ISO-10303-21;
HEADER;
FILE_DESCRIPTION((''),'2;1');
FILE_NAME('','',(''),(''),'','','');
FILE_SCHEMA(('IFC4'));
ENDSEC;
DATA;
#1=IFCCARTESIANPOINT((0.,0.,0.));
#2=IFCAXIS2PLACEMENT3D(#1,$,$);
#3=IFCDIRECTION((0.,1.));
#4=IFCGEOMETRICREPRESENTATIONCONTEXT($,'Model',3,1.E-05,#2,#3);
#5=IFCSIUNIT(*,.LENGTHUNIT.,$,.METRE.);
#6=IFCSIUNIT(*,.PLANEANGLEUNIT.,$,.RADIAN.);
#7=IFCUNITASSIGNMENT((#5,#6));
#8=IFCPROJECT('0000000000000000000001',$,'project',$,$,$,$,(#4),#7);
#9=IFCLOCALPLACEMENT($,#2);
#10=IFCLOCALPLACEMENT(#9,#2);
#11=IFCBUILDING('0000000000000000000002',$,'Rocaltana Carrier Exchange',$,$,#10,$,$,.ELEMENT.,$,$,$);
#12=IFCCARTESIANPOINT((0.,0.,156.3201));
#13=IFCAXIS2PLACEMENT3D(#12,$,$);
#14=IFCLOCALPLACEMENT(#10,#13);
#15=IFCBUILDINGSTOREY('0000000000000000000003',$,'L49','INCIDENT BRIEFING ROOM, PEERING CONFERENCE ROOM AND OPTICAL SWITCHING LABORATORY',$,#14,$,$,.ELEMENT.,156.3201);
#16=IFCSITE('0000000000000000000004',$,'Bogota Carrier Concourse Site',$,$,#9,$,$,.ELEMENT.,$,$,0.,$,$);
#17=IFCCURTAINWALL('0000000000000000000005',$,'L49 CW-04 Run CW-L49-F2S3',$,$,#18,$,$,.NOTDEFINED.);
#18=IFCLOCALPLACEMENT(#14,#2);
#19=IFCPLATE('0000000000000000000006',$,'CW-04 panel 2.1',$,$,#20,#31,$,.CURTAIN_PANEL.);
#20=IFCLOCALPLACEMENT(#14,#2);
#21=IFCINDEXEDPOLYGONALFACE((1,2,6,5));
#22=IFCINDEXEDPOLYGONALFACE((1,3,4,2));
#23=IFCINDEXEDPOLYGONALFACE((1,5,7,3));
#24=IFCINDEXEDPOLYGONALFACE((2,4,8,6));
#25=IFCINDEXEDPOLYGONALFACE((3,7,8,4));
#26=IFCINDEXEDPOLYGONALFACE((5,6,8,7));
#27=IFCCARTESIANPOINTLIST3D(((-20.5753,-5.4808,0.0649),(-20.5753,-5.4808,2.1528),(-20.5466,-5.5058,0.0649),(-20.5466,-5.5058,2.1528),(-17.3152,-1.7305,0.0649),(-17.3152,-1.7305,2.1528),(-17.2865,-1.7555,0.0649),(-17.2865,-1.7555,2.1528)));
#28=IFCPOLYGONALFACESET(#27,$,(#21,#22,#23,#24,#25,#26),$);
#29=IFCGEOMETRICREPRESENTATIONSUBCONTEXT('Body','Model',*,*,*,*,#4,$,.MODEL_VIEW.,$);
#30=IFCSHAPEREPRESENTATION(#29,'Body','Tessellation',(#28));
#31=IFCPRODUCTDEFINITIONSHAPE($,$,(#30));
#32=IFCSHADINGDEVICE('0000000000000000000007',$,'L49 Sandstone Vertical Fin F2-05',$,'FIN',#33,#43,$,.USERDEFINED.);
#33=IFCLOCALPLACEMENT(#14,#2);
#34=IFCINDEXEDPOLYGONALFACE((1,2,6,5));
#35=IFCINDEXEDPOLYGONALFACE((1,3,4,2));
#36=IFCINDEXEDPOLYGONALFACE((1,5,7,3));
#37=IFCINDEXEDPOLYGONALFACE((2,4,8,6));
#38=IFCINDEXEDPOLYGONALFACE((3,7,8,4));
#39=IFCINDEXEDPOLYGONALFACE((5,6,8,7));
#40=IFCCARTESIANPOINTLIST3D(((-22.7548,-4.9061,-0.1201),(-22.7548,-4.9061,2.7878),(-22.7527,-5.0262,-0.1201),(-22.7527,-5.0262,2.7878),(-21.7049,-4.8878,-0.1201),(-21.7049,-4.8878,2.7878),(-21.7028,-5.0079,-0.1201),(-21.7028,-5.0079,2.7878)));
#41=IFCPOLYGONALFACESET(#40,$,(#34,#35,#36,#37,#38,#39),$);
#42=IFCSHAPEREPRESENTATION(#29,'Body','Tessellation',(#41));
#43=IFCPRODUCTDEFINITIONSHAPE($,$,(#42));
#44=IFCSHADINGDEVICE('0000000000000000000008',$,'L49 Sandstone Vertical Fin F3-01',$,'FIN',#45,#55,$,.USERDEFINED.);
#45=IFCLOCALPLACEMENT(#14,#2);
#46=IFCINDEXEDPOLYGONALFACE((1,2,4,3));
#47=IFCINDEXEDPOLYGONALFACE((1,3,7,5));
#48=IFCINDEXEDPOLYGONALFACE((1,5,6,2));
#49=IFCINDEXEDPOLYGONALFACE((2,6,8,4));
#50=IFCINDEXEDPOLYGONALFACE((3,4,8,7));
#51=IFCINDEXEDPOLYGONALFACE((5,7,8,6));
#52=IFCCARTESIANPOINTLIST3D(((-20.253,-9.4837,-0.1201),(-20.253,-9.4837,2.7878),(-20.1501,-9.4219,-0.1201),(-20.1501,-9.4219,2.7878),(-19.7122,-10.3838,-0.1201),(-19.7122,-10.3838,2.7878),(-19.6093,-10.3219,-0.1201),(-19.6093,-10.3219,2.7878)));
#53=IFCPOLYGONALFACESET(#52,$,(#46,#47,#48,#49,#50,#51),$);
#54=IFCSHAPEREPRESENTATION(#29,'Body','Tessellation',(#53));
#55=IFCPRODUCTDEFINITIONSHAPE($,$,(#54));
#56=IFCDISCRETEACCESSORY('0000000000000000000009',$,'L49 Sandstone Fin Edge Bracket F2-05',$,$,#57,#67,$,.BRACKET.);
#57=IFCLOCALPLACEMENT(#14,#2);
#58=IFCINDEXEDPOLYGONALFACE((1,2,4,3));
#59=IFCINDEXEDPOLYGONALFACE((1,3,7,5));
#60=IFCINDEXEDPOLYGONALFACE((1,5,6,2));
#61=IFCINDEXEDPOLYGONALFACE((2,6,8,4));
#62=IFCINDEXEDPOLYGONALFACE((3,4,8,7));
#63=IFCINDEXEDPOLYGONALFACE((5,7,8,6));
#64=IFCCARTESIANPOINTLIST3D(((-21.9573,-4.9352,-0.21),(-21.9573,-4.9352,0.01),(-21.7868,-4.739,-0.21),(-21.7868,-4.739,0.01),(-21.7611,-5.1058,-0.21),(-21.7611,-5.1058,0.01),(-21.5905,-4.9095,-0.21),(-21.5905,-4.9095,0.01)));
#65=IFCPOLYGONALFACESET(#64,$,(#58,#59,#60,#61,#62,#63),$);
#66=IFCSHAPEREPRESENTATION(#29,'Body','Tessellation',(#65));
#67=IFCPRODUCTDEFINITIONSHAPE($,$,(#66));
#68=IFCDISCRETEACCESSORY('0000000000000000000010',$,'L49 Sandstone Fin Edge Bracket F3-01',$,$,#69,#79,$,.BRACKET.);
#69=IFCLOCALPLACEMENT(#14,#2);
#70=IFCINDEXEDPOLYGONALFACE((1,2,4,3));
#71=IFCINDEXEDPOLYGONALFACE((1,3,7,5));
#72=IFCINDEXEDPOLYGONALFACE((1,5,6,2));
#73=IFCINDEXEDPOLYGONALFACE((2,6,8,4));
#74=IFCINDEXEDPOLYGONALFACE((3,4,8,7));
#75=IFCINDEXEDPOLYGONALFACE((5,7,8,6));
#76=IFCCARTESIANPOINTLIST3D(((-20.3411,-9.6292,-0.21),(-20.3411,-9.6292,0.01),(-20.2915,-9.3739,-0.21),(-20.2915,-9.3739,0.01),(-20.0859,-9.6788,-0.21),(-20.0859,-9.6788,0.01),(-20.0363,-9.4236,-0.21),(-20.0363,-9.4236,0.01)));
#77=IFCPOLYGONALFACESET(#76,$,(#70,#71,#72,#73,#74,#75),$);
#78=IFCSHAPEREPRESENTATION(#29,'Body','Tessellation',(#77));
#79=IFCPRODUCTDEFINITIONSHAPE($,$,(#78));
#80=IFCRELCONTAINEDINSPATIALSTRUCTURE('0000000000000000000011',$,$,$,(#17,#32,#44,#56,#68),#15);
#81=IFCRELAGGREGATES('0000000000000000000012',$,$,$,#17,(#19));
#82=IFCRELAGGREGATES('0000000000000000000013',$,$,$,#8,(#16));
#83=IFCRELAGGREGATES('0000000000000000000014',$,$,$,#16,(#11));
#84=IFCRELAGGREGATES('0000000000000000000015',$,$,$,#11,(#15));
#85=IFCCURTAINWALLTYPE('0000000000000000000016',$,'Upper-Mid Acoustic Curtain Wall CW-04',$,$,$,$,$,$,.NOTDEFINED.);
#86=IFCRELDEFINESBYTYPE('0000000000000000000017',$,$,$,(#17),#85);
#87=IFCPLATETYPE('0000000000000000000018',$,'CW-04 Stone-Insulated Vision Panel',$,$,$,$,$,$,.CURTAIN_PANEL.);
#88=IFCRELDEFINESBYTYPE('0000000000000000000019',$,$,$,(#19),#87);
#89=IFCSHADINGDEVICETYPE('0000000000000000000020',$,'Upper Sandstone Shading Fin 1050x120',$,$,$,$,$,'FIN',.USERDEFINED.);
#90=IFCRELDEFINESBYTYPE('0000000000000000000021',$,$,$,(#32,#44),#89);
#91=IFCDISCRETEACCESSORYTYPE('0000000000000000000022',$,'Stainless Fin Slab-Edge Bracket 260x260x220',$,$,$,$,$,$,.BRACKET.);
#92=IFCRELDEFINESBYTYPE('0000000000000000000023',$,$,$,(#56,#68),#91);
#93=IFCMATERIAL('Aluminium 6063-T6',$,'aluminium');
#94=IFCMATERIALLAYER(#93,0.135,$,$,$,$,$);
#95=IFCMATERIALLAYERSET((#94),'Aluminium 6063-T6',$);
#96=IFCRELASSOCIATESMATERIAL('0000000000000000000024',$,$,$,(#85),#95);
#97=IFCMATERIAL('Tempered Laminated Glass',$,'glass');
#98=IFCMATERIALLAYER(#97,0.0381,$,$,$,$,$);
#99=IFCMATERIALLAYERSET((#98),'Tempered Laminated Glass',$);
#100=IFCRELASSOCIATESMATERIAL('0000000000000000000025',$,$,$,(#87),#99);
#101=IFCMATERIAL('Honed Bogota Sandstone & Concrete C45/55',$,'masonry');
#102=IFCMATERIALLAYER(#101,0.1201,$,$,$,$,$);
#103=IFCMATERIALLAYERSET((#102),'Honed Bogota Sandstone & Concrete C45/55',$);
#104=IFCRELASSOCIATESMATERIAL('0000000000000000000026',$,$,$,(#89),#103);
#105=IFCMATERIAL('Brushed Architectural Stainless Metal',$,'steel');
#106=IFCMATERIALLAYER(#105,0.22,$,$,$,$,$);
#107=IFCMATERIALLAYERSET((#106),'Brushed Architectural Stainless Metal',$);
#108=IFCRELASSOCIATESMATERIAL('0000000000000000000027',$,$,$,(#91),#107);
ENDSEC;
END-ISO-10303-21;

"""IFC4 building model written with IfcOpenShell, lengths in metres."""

from ifc_helpers import new_model, si_unit, direction, frame, origin, origin_2d, place, context, subcontext, project, spatial, rectangle, extrude, material, layer, layer_set, type_object, element, aggregate, save


model = new_model("IFC4")

# Units and contexts
model_context = context("Model", 3, precision=1e-05, world=origin(), true_north=direction((0.0, 1.0)))
body_context = subcontext(model_context, "Body", "Model", "MODEL_VIEW")
ifc_project = project(units=[si_unit("LENGTHUNIT", "METRE"), si_unit("PLANEANGLEUNIT", "RADIAN")], contexts=[model_context])

# Site, building, storey
site_placement = place(None, origin())
site = spatial("IfcSite", under=ifc_project, at=site_placement, Name="Bogota Carrier Concourse Site", CompositionType="ELEMENT", RefElevation=0.0)
building_placement = place(site_placement, origin())
building = spatial("IfcBuilding", under=site, at=building_placement, Name="Rocaltana Carrier Exchange", CompositionType="ELEMENT")
storey_placement = place(building_placement, frame((0.0, 0.0, 156.3201)))
storey = spatial("IfcBuildingStorey", under=building, at=storey_placement, Name="L49", Description="INCIDENT BRIEFING ROOM, PEERING CONFERENCE ROOM AND OPTICAL SWITCHING LABORATORY", CompositionType="ELEMENT", Elevation=156.3201)

# Curtain wall
ifc_material_1 = material(Name="Aluminium 6063-T6", Category="aluminium")
ifc_layer_1 = layer(ifc_material_1, 0.135)
ifc_layer_set_1 = layer_set([ifc_layer_1], Name="Aluminium 6063-T6")
curtain_wall_type = type_object("IfcCurtainWallType", Name="Upper-Mid Acoustic Curtain Wall CW-04", PredefinedType="NOTDEFINED", material=ifc_layer_set_1)
curtain_wall_1_placement = place(storey_placement, origin())
curtain_wall_1 = element("IfcCurtainWall", 1, at=curtain_wall_1_placement, inside=storey, type_object=curtain_wall_type, Name="L49 CW-04 Run CW-L49-F2S3", PredefinedType="NOTDEFINED")

# Plate
ifc_material_2 = material(Name="Tempered Laminated Glass", Category="glass")
ifc_layer_2 = layer(ifc_material_2, 0.0381)
ifc_layer_set_2 = layer_set([ifc_layer_2], Name="Tempered Laminated Glass")
plate_type = type_object("IfcPlateType", Name="CW-04 Stone-Insulated Vision Panel", PredefinedType="CURTAIN_PANEL", material=ifc_layer_set_2)
plate_placement = place(storey_placement, frame((-18.9309, -3.6182, 0.0649), z_axis=(0.0, 0.0, 1.0), x_axis=(-0.656057, -0.754712, 0.0)))
plate = element("IfcPlate", 2, at=plate_placement, type_object=plate_type, Name="CW-04 panel 2.1", PredefinedType="CURTAIN_PANEL", context=body_context, shape_type="SweptSolid", body=[
    extrude(rectangle(XDim=4.9692, YDim=0.0381, at=origin_2d()), origin(), (0.0, 0.0, 1.0), 2.0879),
])
aggregate(curtain_wall_1, [plate])

# Shading devices
ifc_material_3 = material(Name="Honed Bogota Sandstone & Concrete C45/55", Category="masonry")
ifc_layer_3 = layer(ifc_material_3, 0.1201)
ifc_layer_set_3 = layer_set([ifc_layer_3], Name="Honed Bogota Sandstone & Concrete C45/55")
shading_device_type = type_object("IfcShadingDeviceType", Name="Upper Sandstone Shading Fin 1050x120", ElementType="FIN", PredefinedType="USERDEFINED", material=ifc_layer_set_3)
for number, where, z_axis, x_axis, name in (
    (3, (-22.2288, -4.957, -0.1201), (0.0, 0.0, 1.0), (-0.999848, -0.017452, 0.0), "L49 Sandstone Vertical Fin F2-05"),
    (4, (-19.9312, -9.9028, -0.1201), (0.0, 0.0, 1.0), (0.515038, -0.857167, 0.0), "L49 Sandstone Vertical Fin F3-01"),
):
    element("IfcShadingDevice", number, at=place(storey_placement, frame(where, z_axis=z_axis, x_axis=x_axis)), inside=storey, type_object=shading_device_type, Name=name, ObjectType="FIN", PredefinedType="USERDEFINED", context=body_context, shape_type="SweptSolid", body=[
        extrude(rectangle(XDim=1.05, YDim=0.1201, at=origin_2d()), origin(), (0.0, 0.0, 1.0), 2.908),
    ])

# Discrete accessories
ifc_material_4 = material(Name="Brushed Architectural Stainless Metal", Category="steel")
ifc_layer_4 = layer(ifc_material_4, 0.22)
ifc_layer_set_4 = layer_set([ifc_layer_4], Name="Brushed Architectural Stainless Metal")
discrete_accessory_type = type_object("IfcDiscreteAccessoryType", Name="Stainless Fin Slab-Edge Bracket 260x260x220", PredefinedType="BRACKET", material=ifc_layer_set_4)
for number, where, z_axis, x_axis, name in (
    (5, (-21.7739, -4.9224, -0.21), (0.0, 0.0, 1.0), (-0.656059, -0.75471, 0.0), "L49 Sandstone Fin Edge Bracket F2-05"),
    (6, (-20.1887, -9.5264, -0.21), (0.0, 0.0, 1.0), (0.981627, -0.190809, 0.0), "L49 Sandstone Fin Edge Bracket F3-01"),
):
    element("IfcDiscreteAccessory", number, at=place(storey_placement, frame(where, z_axis=z_axis, x_axis=x_axis)), inside=storey, type_object=discrete_accessory_type, Name=name, PredefinedType="BRACKET", context=body_context, shape_type="SweptSolid", body=[
        extrude(rectangle(XDim=0.26, YDim=0.26, at=origin_2d()), origin(), (0.0, 0.0, 1.0), 0.22),
    ])

save(model, "model.ifc")
